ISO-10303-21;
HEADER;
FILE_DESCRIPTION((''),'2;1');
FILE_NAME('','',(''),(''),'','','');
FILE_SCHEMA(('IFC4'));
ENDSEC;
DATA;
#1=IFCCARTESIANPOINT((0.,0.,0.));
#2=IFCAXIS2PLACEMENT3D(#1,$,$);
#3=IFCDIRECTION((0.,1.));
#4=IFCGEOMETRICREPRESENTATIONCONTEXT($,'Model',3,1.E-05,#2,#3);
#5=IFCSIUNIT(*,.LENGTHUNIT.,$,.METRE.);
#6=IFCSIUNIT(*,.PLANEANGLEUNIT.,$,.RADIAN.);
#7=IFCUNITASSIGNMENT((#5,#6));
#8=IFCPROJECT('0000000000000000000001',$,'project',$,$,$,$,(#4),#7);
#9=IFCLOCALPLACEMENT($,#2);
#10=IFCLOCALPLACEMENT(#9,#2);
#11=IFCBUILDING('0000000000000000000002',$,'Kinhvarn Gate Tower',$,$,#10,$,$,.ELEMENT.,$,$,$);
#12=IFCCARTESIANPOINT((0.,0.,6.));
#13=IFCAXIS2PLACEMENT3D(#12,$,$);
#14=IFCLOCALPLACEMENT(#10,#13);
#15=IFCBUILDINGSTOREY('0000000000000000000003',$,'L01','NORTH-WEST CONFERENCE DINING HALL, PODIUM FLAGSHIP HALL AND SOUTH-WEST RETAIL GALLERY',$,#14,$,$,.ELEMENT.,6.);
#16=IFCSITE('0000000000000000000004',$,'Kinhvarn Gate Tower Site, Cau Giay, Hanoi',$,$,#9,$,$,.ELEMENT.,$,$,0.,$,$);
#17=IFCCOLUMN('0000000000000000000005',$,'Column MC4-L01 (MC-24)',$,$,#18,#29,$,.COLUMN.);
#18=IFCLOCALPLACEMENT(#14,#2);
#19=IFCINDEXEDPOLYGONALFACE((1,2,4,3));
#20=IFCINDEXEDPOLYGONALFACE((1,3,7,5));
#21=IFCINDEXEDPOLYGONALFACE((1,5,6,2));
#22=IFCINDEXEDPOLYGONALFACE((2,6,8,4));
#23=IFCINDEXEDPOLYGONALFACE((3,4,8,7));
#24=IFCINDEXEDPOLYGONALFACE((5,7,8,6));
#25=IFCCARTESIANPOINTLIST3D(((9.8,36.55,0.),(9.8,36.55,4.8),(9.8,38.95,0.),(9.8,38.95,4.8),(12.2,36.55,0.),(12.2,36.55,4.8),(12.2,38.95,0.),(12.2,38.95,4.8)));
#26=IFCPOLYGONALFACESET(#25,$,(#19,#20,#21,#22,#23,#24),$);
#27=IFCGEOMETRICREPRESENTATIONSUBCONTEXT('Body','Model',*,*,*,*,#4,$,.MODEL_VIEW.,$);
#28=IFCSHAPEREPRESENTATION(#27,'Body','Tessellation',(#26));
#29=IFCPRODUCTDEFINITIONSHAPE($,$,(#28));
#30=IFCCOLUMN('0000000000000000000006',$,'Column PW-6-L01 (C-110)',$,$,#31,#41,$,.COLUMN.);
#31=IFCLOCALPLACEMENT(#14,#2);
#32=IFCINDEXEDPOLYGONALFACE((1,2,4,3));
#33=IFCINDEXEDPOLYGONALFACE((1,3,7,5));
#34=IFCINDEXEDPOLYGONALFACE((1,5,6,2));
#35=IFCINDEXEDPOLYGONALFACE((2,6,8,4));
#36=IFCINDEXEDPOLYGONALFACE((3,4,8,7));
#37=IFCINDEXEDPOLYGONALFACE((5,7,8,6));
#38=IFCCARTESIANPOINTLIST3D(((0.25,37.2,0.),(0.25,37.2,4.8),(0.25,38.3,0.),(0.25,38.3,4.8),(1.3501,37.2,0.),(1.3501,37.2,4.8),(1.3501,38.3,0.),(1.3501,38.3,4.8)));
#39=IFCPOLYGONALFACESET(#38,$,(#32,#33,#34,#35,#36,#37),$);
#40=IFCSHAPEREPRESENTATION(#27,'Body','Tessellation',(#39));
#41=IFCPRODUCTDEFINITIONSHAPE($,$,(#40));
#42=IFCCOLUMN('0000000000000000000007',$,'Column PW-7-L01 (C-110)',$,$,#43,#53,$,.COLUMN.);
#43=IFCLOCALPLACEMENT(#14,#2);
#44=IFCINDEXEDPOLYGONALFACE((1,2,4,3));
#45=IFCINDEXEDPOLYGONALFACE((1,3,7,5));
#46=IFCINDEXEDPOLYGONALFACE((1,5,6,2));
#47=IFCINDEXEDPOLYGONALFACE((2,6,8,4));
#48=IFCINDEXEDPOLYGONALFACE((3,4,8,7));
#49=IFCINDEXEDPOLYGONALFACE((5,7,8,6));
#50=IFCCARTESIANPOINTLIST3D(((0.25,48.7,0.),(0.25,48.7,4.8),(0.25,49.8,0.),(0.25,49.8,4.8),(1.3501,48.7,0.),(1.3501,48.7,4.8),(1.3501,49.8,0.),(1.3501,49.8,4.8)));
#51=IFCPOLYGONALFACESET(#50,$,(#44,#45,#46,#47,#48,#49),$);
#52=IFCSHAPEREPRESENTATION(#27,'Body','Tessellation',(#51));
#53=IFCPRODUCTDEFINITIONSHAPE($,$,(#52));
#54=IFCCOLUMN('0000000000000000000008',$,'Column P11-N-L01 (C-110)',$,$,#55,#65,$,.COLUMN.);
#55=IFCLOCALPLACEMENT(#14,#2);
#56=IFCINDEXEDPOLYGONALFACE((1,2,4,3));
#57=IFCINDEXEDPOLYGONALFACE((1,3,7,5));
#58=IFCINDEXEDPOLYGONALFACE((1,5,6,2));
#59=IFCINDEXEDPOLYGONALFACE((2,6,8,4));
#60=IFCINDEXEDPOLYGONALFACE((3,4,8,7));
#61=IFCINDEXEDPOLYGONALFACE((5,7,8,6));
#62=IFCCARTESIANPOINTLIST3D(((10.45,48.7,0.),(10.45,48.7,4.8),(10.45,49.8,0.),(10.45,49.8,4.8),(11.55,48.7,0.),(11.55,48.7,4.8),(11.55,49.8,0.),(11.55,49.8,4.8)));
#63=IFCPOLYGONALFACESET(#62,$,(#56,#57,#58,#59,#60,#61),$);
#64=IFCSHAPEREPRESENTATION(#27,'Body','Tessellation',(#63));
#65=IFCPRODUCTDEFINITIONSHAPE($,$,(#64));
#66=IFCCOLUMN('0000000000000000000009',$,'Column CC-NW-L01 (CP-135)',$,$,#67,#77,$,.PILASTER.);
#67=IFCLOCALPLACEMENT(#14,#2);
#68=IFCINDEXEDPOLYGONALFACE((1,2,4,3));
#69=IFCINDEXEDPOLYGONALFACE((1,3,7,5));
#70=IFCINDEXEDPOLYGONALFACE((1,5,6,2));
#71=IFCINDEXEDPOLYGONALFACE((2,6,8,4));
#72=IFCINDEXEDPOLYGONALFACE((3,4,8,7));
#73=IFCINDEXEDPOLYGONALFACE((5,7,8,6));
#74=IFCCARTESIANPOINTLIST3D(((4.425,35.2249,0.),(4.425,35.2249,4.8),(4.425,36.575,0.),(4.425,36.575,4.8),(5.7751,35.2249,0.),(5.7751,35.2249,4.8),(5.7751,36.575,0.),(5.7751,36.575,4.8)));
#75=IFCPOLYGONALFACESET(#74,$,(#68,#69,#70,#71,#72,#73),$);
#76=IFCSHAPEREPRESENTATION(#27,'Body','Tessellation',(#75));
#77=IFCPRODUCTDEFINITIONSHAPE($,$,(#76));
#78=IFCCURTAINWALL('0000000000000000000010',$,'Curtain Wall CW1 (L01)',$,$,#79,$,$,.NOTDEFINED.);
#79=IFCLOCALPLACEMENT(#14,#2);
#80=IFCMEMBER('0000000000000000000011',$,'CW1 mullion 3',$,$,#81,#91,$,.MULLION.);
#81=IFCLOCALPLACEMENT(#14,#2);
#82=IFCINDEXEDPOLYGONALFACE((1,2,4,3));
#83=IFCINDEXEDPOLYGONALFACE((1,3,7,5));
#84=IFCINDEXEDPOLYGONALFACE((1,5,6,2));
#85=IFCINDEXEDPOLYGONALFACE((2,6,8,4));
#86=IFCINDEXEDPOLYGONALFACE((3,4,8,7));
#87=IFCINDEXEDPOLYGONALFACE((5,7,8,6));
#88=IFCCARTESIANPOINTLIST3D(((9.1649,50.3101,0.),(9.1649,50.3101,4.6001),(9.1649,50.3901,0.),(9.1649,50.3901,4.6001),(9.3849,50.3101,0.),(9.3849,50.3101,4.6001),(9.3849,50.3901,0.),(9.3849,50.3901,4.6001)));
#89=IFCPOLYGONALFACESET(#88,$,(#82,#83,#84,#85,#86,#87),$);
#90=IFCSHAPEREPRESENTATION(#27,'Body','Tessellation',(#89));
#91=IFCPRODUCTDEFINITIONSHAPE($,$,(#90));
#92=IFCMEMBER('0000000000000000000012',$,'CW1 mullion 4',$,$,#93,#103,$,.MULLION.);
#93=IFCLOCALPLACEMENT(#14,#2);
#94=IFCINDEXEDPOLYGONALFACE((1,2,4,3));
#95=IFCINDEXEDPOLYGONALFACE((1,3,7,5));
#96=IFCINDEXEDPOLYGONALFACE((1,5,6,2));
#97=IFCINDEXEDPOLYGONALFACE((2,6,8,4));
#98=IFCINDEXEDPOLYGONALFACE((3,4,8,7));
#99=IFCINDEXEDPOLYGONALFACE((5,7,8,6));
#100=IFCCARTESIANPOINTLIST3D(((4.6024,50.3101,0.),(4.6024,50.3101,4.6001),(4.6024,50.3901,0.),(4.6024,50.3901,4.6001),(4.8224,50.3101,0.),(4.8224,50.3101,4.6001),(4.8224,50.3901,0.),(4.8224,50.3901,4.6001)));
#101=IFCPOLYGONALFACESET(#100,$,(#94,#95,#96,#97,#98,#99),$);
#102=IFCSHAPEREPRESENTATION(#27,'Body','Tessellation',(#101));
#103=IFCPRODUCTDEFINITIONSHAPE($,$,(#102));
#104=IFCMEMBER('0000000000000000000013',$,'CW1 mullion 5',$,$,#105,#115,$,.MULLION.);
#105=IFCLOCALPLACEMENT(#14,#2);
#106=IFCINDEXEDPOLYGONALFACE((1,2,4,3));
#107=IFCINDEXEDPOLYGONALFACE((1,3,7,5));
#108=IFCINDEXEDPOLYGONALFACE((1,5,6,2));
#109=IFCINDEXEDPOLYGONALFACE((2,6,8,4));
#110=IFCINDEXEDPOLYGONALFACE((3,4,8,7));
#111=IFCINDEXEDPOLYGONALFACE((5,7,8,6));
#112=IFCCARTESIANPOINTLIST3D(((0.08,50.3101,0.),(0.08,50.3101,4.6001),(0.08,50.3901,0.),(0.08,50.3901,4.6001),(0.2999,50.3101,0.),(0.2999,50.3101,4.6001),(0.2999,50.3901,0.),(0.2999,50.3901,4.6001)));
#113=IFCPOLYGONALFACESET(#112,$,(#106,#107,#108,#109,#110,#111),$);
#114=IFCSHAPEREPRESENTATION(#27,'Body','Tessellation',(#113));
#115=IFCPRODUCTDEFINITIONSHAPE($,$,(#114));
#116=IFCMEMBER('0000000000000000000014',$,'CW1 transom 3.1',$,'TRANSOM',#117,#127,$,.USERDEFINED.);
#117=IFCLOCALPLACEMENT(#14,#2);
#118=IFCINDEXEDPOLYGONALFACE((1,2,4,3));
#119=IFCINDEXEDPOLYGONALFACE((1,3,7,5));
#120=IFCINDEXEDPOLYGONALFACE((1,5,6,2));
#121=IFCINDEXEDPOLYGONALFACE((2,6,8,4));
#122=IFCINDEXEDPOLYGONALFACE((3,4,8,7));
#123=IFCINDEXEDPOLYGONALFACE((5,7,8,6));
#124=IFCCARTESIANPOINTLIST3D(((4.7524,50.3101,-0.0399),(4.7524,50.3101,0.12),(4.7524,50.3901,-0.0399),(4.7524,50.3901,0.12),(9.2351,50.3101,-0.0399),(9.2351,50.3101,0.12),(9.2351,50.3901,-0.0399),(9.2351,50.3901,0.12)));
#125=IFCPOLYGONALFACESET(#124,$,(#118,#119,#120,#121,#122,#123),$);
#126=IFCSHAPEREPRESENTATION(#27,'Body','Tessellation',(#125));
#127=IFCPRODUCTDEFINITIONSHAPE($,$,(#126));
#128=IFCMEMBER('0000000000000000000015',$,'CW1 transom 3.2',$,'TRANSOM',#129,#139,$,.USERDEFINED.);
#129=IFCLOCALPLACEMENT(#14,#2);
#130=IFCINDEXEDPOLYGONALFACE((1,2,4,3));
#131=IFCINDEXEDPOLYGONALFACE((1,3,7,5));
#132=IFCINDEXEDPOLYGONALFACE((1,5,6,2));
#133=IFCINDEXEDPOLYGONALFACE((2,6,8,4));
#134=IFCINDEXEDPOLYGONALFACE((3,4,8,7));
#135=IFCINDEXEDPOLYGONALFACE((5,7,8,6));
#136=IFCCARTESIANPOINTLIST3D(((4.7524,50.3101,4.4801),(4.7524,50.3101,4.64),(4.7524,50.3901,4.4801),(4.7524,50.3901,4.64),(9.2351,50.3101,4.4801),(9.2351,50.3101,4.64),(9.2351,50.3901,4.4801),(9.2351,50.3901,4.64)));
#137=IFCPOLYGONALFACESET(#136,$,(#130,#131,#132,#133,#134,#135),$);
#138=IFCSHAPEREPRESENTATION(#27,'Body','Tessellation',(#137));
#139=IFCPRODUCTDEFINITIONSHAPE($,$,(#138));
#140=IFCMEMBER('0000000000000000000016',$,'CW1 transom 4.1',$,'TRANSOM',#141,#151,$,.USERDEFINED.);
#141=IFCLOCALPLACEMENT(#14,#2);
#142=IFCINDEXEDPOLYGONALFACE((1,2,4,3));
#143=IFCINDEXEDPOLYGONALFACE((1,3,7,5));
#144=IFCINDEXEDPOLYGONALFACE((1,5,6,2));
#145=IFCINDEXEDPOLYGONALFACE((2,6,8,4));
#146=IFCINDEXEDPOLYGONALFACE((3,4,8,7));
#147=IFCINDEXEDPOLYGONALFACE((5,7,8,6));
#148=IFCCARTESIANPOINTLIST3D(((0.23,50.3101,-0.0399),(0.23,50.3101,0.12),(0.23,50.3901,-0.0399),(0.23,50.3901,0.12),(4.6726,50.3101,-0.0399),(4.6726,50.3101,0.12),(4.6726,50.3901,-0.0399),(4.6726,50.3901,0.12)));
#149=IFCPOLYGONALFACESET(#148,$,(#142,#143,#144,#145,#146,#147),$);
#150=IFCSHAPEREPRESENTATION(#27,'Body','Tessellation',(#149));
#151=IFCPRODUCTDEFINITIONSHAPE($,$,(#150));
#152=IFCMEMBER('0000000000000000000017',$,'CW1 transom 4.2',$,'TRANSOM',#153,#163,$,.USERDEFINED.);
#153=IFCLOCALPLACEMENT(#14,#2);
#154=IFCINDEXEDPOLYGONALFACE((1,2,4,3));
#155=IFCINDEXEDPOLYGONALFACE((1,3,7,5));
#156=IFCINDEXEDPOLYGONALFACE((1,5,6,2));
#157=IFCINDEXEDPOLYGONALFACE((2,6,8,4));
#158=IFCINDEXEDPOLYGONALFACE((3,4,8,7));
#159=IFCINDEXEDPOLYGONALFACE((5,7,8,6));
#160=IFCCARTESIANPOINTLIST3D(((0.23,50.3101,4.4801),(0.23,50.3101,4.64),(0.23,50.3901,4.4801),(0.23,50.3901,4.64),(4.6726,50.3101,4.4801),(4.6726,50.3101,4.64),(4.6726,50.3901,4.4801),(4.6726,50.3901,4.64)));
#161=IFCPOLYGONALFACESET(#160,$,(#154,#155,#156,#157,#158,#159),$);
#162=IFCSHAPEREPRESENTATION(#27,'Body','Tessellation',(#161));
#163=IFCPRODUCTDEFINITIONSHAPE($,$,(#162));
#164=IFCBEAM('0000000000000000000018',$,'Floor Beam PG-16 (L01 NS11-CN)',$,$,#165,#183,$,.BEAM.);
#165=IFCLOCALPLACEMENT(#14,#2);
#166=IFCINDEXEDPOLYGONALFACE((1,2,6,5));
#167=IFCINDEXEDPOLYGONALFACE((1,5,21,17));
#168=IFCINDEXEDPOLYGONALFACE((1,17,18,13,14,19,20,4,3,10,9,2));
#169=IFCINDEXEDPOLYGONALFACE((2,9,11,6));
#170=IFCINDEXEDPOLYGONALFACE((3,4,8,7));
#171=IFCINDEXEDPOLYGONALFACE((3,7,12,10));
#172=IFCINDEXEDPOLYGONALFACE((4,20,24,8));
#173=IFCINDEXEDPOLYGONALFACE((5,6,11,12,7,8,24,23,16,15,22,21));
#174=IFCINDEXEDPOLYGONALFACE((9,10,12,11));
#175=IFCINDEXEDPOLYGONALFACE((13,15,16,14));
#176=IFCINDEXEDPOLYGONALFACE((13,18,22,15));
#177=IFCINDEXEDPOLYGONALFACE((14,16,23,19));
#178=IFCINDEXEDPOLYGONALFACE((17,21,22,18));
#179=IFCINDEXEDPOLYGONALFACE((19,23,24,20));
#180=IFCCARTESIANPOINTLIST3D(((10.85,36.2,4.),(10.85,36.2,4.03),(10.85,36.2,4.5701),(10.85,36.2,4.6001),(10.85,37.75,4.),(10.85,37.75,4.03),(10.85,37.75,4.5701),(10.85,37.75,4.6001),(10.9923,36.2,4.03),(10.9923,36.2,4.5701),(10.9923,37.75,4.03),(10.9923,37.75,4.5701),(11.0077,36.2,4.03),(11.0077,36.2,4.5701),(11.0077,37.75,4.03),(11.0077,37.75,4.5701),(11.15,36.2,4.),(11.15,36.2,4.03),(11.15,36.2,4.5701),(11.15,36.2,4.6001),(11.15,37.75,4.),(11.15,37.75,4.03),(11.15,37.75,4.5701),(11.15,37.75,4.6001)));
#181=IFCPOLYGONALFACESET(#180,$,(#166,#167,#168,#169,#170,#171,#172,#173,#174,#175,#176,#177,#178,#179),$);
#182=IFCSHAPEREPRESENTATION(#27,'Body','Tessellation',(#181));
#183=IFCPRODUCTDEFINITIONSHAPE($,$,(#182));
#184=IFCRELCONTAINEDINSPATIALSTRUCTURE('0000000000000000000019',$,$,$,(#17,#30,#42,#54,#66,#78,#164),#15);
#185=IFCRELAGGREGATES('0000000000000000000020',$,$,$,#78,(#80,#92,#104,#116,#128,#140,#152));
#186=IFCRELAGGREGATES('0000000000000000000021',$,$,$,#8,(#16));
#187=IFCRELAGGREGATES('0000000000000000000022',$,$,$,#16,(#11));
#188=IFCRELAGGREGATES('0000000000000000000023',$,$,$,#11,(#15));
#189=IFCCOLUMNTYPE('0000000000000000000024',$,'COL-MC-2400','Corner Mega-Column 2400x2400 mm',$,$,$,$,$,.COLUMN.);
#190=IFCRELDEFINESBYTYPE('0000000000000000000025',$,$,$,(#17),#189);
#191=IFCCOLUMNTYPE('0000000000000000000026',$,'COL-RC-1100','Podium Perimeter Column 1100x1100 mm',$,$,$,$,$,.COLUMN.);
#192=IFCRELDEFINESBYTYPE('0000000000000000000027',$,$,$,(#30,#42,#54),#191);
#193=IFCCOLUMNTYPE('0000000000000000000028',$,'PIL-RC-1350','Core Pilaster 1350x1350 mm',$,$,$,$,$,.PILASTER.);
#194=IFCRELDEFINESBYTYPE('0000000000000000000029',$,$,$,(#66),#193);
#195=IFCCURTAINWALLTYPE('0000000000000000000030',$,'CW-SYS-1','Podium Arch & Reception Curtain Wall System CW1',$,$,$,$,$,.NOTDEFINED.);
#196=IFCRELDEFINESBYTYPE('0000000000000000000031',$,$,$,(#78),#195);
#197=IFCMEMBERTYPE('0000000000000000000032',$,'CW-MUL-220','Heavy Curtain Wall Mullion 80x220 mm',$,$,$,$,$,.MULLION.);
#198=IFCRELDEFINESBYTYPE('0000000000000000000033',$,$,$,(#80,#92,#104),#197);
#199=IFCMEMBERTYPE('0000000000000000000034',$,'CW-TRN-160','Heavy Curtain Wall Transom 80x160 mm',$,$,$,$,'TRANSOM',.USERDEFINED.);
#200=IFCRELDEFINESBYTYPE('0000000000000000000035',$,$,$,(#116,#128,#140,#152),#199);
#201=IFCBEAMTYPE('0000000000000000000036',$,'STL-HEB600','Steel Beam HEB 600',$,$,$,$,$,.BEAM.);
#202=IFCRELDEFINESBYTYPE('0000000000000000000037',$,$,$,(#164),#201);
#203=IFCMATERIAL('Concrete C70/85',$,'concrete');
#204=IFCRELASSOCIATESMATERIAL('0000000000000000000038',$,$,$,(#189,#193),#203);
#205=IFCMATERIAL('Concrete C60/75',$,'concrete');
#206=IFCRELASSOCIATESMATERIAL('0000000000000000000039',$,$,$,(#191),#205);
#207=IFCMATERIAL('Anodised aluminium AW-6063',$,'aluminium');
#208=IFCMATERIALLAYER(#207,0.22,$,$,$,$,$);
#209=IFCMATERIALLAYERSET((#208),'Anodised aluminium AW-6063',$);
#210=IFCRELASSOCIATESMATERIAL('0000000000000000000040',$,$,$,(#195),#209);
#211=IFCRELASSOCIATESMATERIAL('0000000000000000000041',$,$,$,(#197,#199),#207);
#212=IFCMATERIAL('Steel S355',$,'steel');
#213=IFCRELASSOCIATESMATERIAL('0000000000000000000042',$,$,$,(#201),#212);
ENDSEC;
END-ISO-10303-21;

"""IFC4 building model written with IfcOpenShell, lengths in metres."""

from ifc_helpers import new_model, si_unit, direction, frame, origin, origin_2d, place, context, subcontext, project, spatial, rectangle, i_section, extrude, material, layer, layer_set, material_profile, profile_set, type_object, element, aggregate, save


model = new_model("IFC4")

# Units and contexts
model_context = context("Model", 3, precision=1e-05, world=origin(), true_north=direction((0.0, 1.0)))
body_context = subcontext(model_context, "Body", "Model", "MODEL_VIEW")
ifc_project = project(units=[si_unit("LENGTHUNIT", "METRE"), si_unit("PLANEANGLEUNIT", "RADIAN")], contexts=[model_context])

# Site, building, storey
site_placement = place(None, origin())
site = spatial("IfcSite", under=ifc_project, at=site_placement, Name="Kinhvarn Gate Tower Site, Cau Giay, Hanoi", CompositionType="ELEMENT", RefElevation=0.0)
building_placement = place(site_placement, origin())
building = spatial("IfcBuilding", under=site, at=building_placement, Name="Kinhvarn Gate Tower", CompositionType="ELEMENT")
storey_placement = place(building_placement, frame((0.0, 0.0, 6.0)))
storey = spatial("IfcBuildingStorey", under=building, at=storey_placement, Name="L01", Description="NORTH-WEST CONFERENCE DINING HALL, PODIUM FLAGSHIP HALL AND SOUTH-WEST RETAIL GALLERY", CompositionType="ELEMENT", Elevation=6.0)

# Columns
ifc_material_1 = material(Name="Concrete C70/85", Category="concrete")
ifc_material_profile_1 = material_profile(ifc_material_1, rectangle(XDim=2.3999, YDim=2.3999, at=origin_2d()), Name="RC 2400x2400")
ifc_profile_set_1 = profile_set([ifc_material_profile_1], Name="Concrete C70/85")
column_type_1 = type_object("IfcColumnType", Name="COL-MC-2400", Description="Corner Mega-Column 2400x2400 mm", PredefinedType="COLUMN", material=ifc_profile_set_1)
column_1_placement = place(storey_placement, frame((11.0, 37.75, 0.0), z_axis=(0.0, 0.0, 1.0), x_axis=(1.0, 0.0, 0.0)))
element("IfcColumn", 1, at=column_1_placement, inside=storey, type_object=column_type_1, Name="Column MC4-L01 (MC-24)", PredefinedType="COLUMN", context=body_context, shape_type="SweptSolid", body=[
    extrude(rectangle(XDim=2.3999, YDim=2.3999, at=origin_2d()), origin(), (0.0, 0.0, 1.0), 4.8),
])
ifc_material_2 = material(Name="Concrete C60/75", Category="concrete")
ifc_material_profile_2 = material_profile(ifc_material_2, rectangle(XDim=1.1001, YDim=1.1001, at=origin_2d()), Name="RC 1100x1100")
ifc_profile_set_2 = profile_set([ifc_material_profile_2], Name="Concrete C60/75")
column_type_2 = type_object("IfcColumnType", Name="COL-RC-1100", Description="Podium Perimeter Column 1100x1100 mm", PredefinedType="COLUMN", material=ifc_profile_set_2)
for number, where, z_axis, x_axis, name in (
    (2, (0.8, 37.75, 0.0), (0.0, 0.0, 1.0), (1.0, 0.0, 0.0), "Column PW-6-L01 (C-110)"),
    (3, (0.8, 49.25, 0.0), (0.0, 0.0, 1.0), (1.0, 0.0, 0.0), "Column PW-7-L01 (C-110)"),
    (4, (11.0, 49.25, 0.0), (0.0, 0.0, 1.0), (1.0, 0.0, 0.0), "Column P11-N-L01 (C-110)"),
):
    element("IfcColumn", number, at=place(storey_placement, frame(where, z_axis=z_axis, x_axis=x_axis)), inside=storey, type_object=column_type_2, Name=name, PredefinedType="COLUMN", context=body_context, shape_type="SweptSolid", body=[
        extrude(rectangle(XDim=1.1001, YDim=1.1001, at=origin_2d()), origin(), (0.0, 0.0, 1.0), 4.8),
    ])
ifc_material_profile_3 = material_profile(ifc_material_1, rectangle(XDim=1.3501, YDim=1.3501, at=origin_2d()), Name="RC 1350x1350")
ifc_profile_set_3 = profile_set([ifc_material_profile_3], Name="Concrete C70/85")
column_type_3 = type_object("IfcColumnType", Name="PIL-RC-1350", Description="Core Pilaster 1350x1350 mm", PredefinedType="PILASTER", material=ifc_profile_set_3)
column_2_placement = place(storey_placement, frame((5.1001, 35.8999, 0.0), z_axis=(0.0, 0.0, 1.0), x_axis=(1.0, 0.0, 0.0)))
element("IfcColumn", 5, at=column_2_placement, inside=storey, type_object=column_type_3, Name="Column CC-NW-L01 (CP-135)", PredefinedType="PILASTER", context=body_context, shape_type="SweptSolid", body=[
    extrude(rectangle(XDim=1.3501, YDim=1.3501, at=origin_2d()), origin(), (0.0, 0.0, 1.0), 4.8),
])

# Curtain wall, members
ifc_material_3 = material(Name="Anodised aluminium AW-6063", Category="aluminium")
ifc_layer_1 = layer(ifc_material_3, 0.22)
ifc_layer_set_1 = layer_set([ifc_layer_1], Name="Anodised aluminium AW-6063")
curtain_wall_type = type_object("IfcCurtainWallType", Name="CW-SYS-1", Description="Podium Arch & Reception Curtain Wall System CW1", PredefinedType="NOTDEFINED", material=ifc_layer_set_1)
curtain_wall_placement = place(storey_placement, origin())
curtain_wall = element("IfcCurtainWall", 6, at=curtain_wall_placement, inside=storey, type_object=curtain_wall_type, Name="Curtain Wall CW1 (L01)", PredefinedType="NOTDEFINED")
ifc_material_profile_4 = material_profile(ifc_material_3, rectangle(XDim=0.0801, YDim=0.22, at=origin_2d()), Name="ALU 80x220")
ifc_profile_set_4 = profile_set([ifc_material_profile_4], Name="Anodised aluminium AW-6063")
member_type_1 = type_object("IfcMemberType", Name="CW-MUL-220", Description="Heavy Curtain Wall Mullion 80x220 mm", PredefinedType="MULLION", material=ifc_profile_set_4)
member_1_placement = place(storey_placement, frame((9.2749, 50.3501, 0.0), z_axis=(0.0, 0.0, 1.0), x_axis=(0.0, -1.0, 0.0)))
member_1 = element("IfcMember", 7, at=member_1_placement, type_object=member_type_1, Name="CW1 mullion 3", PredefinedType="MULLION", context=body_context, shape_type="SweptSolid", body=[
    extrude(rectangle(XDim=0.0801, YDim=0.22, at=origin_2d()), origin(), (0.0, 0.0, 1.0), 4.6001),
])
member_2_placement = place(storey_placement, frame((4.7124, 50.3501, 0.0), z_axis=(0.0, 0.0, 1.0), x_axis=(0.0, -1.0, 0.0)))
member_2 = element("IfcMember", 8, at=member_2_placement, type_object=member_type_1, Name="CW1 mullion 4", PredefinedType="MULLION", context=body_context, shape_type="SweptSolid", body=[
    extrude(rectangle(XDim=0.0801, YDim=0.22, at=origin_2d()), origin(), (0.0, 0.0, 1.0), 4.6001),
])
member_3_placement = place(storey_placement, frame((0.1899, 50.3501, 0.0), z_axis=(0.0, 0.0, 1.0), x_axis=(0.0, -1.0, 0.0)))
member_3 = element("IfcMember", 9, at=member_3_placement, type_object=member_type_1, Name="CW1 mullion 5", PredefinedType="MULLION", context=body_context, shape_type="SweptSolid", body=[
    extrude(rectangle(XDim=0.0801, YDim=0.22, at=origin_2d()), origin(), (0.0, 0.0, 1.0), 4.6001),
])
ifc_material_profile_5 = material_profile(ifc_material_3, rectangle(XDim=0.0801, YDim=0.1599, at=origin_2d()), Name="ALU 80x160")
ifc_profile_set_5 = profile_set([ifc_material_profile_5], Name="Anodised aluminium AW-6063")
member_type_2 = type_object("IfcMemberType", Name="CW-TRN-160", Description="Heavy Curtain Wall Transom 80x160 mm", ElementType="TRANSOM", PredefinedType="USERDEFINED", material=ifc_profile_set_5)
member_4_placement = place(storey_placement, frame((9.2351, 50.3501, 0.04), z_axis=(-1.0, 0.0, 0.0), x_axis=(0.0, -1.0, 0.0)))
member_4 = element("IfcMember", 10, at=member_4_placement, type_object=member_type_2, Name="CW1 transom 3.1", ObjectType="TRANSOM", PredefinedType="USERDEFINED", context=body_context, shape_type="SweptSolid", body=[
    extrude(rectangle(XDim=0.0801, YDim=0.1599, at=origin_2d()), origin(), (0.0, 0.0, 1.0), 4.4827),
])
member_5_placement = place(storey_placement, frame((9.2351, 50.3501, 4.5601), z_axis=(-1.0, 0.0, 0.0), x_axis=(0.0, -1.0, 0.0)))
member_5 = element("IfcMember", 11, at=member_5_placement, type_object=member_type_2, Name="CW1 transom 3.2", ObjectType="TRANSOM", PredefinedType="USERDEFINED", context=body_context, shape_type="SweptSolid", body=[
    extrude(rectangle(XDim=0.0801, YDim=0.1599, at=origin_2d()), origin(), (0.0, 0.0, 1.0), 4.4827),
])
member_6_placement = place(storey_placement, frame((4.6726, 50.3501, 0.04), z_axis=(-1.0, 0.0, 0.0), x_axis=(0.0, -1.0, 0.0)))
member_6 = element("IfcMember", 12, at=member_6_placement, type_object=member_type_2, Name="CW1 transom 4.1", ObjectType="TRANSOM", PredefinedType="USERDEFINED", context=body_context, shape_type="SweptSolid", body=[
    extrude(rectangle(XDim=0.0801, YDim=0.1599, at=origin_2d()), origin(), (0.0, 0.0, 1.0), 4.4426),
])
member_7_placement = place(storey_placement, frame((4.6726, 50.3501, 4.5601), z_axis=(-1.0, 0.0, 0.0), x_axis=(0.0, -1.0, 0.0)))
member_7 = element("IfcMember", 13, at=member_7_placement, type_object=member_type_2, Name="CW1 transom 4.2", ObjectType="TRANSOM", PredefinedType="USERDEFINED", context=body_context, shape_type="SweptSolid", body=[
    extrude(rectangle(XDim=0.0801, YDim=0.1599, at=origin_2d()), origin(), (0.0, 0.0, 1.0), 4.4426),
])

# Beam
ifc_material_4 = material(Name="Steel S355", Category="steel")
ifc_material_profile_6 = material_profile(ifc_material_4, i_section(OverallWidth=0.3, OverallDepth=0.6001, WebThickness=0.0154, FlangeThickness=0.03, at=origin_2d()), Name="HEB 600")
ifc_profile_set_6 = profile_set([ifc_material_profile_6], Name="Steel S355")
beam_type_1 = type_object("IfcBeamType", Name="STL-HEB600", Description="Steel Beam HEB 600", PredefinedType="BEAM", material=ifc_profile_set_6)
beam_1_placement = place(storey_placement, frame((11.0, 36.2, 4.3), z_axis=(0.0, 1.0, 0.0), x_axis=(-1.0, 0.0, 0.0)))
element("IfcBeam", 14, at=beam_1_placement, inside=storey, type_object=beam_type_1, Name="Floor Beam PG-16 (L01 NS11-CN)", PredefinedType="BEAM", context=body_context, shape_type="SweptSolid", body=[
    extrude(i_section(OverallWidth=0.3, OverallDepth=0.6001, WebThickness=0.0154, FlangeThickness=0.03, at=origin_2d()), origin(), (0.0, 0.0, 1.0), 1.55),
])

aggregate(curtain_wall, [member_1, member_2, member_3, member_4, member_5, member_6, member_7])

save(model, "model.ifc")
